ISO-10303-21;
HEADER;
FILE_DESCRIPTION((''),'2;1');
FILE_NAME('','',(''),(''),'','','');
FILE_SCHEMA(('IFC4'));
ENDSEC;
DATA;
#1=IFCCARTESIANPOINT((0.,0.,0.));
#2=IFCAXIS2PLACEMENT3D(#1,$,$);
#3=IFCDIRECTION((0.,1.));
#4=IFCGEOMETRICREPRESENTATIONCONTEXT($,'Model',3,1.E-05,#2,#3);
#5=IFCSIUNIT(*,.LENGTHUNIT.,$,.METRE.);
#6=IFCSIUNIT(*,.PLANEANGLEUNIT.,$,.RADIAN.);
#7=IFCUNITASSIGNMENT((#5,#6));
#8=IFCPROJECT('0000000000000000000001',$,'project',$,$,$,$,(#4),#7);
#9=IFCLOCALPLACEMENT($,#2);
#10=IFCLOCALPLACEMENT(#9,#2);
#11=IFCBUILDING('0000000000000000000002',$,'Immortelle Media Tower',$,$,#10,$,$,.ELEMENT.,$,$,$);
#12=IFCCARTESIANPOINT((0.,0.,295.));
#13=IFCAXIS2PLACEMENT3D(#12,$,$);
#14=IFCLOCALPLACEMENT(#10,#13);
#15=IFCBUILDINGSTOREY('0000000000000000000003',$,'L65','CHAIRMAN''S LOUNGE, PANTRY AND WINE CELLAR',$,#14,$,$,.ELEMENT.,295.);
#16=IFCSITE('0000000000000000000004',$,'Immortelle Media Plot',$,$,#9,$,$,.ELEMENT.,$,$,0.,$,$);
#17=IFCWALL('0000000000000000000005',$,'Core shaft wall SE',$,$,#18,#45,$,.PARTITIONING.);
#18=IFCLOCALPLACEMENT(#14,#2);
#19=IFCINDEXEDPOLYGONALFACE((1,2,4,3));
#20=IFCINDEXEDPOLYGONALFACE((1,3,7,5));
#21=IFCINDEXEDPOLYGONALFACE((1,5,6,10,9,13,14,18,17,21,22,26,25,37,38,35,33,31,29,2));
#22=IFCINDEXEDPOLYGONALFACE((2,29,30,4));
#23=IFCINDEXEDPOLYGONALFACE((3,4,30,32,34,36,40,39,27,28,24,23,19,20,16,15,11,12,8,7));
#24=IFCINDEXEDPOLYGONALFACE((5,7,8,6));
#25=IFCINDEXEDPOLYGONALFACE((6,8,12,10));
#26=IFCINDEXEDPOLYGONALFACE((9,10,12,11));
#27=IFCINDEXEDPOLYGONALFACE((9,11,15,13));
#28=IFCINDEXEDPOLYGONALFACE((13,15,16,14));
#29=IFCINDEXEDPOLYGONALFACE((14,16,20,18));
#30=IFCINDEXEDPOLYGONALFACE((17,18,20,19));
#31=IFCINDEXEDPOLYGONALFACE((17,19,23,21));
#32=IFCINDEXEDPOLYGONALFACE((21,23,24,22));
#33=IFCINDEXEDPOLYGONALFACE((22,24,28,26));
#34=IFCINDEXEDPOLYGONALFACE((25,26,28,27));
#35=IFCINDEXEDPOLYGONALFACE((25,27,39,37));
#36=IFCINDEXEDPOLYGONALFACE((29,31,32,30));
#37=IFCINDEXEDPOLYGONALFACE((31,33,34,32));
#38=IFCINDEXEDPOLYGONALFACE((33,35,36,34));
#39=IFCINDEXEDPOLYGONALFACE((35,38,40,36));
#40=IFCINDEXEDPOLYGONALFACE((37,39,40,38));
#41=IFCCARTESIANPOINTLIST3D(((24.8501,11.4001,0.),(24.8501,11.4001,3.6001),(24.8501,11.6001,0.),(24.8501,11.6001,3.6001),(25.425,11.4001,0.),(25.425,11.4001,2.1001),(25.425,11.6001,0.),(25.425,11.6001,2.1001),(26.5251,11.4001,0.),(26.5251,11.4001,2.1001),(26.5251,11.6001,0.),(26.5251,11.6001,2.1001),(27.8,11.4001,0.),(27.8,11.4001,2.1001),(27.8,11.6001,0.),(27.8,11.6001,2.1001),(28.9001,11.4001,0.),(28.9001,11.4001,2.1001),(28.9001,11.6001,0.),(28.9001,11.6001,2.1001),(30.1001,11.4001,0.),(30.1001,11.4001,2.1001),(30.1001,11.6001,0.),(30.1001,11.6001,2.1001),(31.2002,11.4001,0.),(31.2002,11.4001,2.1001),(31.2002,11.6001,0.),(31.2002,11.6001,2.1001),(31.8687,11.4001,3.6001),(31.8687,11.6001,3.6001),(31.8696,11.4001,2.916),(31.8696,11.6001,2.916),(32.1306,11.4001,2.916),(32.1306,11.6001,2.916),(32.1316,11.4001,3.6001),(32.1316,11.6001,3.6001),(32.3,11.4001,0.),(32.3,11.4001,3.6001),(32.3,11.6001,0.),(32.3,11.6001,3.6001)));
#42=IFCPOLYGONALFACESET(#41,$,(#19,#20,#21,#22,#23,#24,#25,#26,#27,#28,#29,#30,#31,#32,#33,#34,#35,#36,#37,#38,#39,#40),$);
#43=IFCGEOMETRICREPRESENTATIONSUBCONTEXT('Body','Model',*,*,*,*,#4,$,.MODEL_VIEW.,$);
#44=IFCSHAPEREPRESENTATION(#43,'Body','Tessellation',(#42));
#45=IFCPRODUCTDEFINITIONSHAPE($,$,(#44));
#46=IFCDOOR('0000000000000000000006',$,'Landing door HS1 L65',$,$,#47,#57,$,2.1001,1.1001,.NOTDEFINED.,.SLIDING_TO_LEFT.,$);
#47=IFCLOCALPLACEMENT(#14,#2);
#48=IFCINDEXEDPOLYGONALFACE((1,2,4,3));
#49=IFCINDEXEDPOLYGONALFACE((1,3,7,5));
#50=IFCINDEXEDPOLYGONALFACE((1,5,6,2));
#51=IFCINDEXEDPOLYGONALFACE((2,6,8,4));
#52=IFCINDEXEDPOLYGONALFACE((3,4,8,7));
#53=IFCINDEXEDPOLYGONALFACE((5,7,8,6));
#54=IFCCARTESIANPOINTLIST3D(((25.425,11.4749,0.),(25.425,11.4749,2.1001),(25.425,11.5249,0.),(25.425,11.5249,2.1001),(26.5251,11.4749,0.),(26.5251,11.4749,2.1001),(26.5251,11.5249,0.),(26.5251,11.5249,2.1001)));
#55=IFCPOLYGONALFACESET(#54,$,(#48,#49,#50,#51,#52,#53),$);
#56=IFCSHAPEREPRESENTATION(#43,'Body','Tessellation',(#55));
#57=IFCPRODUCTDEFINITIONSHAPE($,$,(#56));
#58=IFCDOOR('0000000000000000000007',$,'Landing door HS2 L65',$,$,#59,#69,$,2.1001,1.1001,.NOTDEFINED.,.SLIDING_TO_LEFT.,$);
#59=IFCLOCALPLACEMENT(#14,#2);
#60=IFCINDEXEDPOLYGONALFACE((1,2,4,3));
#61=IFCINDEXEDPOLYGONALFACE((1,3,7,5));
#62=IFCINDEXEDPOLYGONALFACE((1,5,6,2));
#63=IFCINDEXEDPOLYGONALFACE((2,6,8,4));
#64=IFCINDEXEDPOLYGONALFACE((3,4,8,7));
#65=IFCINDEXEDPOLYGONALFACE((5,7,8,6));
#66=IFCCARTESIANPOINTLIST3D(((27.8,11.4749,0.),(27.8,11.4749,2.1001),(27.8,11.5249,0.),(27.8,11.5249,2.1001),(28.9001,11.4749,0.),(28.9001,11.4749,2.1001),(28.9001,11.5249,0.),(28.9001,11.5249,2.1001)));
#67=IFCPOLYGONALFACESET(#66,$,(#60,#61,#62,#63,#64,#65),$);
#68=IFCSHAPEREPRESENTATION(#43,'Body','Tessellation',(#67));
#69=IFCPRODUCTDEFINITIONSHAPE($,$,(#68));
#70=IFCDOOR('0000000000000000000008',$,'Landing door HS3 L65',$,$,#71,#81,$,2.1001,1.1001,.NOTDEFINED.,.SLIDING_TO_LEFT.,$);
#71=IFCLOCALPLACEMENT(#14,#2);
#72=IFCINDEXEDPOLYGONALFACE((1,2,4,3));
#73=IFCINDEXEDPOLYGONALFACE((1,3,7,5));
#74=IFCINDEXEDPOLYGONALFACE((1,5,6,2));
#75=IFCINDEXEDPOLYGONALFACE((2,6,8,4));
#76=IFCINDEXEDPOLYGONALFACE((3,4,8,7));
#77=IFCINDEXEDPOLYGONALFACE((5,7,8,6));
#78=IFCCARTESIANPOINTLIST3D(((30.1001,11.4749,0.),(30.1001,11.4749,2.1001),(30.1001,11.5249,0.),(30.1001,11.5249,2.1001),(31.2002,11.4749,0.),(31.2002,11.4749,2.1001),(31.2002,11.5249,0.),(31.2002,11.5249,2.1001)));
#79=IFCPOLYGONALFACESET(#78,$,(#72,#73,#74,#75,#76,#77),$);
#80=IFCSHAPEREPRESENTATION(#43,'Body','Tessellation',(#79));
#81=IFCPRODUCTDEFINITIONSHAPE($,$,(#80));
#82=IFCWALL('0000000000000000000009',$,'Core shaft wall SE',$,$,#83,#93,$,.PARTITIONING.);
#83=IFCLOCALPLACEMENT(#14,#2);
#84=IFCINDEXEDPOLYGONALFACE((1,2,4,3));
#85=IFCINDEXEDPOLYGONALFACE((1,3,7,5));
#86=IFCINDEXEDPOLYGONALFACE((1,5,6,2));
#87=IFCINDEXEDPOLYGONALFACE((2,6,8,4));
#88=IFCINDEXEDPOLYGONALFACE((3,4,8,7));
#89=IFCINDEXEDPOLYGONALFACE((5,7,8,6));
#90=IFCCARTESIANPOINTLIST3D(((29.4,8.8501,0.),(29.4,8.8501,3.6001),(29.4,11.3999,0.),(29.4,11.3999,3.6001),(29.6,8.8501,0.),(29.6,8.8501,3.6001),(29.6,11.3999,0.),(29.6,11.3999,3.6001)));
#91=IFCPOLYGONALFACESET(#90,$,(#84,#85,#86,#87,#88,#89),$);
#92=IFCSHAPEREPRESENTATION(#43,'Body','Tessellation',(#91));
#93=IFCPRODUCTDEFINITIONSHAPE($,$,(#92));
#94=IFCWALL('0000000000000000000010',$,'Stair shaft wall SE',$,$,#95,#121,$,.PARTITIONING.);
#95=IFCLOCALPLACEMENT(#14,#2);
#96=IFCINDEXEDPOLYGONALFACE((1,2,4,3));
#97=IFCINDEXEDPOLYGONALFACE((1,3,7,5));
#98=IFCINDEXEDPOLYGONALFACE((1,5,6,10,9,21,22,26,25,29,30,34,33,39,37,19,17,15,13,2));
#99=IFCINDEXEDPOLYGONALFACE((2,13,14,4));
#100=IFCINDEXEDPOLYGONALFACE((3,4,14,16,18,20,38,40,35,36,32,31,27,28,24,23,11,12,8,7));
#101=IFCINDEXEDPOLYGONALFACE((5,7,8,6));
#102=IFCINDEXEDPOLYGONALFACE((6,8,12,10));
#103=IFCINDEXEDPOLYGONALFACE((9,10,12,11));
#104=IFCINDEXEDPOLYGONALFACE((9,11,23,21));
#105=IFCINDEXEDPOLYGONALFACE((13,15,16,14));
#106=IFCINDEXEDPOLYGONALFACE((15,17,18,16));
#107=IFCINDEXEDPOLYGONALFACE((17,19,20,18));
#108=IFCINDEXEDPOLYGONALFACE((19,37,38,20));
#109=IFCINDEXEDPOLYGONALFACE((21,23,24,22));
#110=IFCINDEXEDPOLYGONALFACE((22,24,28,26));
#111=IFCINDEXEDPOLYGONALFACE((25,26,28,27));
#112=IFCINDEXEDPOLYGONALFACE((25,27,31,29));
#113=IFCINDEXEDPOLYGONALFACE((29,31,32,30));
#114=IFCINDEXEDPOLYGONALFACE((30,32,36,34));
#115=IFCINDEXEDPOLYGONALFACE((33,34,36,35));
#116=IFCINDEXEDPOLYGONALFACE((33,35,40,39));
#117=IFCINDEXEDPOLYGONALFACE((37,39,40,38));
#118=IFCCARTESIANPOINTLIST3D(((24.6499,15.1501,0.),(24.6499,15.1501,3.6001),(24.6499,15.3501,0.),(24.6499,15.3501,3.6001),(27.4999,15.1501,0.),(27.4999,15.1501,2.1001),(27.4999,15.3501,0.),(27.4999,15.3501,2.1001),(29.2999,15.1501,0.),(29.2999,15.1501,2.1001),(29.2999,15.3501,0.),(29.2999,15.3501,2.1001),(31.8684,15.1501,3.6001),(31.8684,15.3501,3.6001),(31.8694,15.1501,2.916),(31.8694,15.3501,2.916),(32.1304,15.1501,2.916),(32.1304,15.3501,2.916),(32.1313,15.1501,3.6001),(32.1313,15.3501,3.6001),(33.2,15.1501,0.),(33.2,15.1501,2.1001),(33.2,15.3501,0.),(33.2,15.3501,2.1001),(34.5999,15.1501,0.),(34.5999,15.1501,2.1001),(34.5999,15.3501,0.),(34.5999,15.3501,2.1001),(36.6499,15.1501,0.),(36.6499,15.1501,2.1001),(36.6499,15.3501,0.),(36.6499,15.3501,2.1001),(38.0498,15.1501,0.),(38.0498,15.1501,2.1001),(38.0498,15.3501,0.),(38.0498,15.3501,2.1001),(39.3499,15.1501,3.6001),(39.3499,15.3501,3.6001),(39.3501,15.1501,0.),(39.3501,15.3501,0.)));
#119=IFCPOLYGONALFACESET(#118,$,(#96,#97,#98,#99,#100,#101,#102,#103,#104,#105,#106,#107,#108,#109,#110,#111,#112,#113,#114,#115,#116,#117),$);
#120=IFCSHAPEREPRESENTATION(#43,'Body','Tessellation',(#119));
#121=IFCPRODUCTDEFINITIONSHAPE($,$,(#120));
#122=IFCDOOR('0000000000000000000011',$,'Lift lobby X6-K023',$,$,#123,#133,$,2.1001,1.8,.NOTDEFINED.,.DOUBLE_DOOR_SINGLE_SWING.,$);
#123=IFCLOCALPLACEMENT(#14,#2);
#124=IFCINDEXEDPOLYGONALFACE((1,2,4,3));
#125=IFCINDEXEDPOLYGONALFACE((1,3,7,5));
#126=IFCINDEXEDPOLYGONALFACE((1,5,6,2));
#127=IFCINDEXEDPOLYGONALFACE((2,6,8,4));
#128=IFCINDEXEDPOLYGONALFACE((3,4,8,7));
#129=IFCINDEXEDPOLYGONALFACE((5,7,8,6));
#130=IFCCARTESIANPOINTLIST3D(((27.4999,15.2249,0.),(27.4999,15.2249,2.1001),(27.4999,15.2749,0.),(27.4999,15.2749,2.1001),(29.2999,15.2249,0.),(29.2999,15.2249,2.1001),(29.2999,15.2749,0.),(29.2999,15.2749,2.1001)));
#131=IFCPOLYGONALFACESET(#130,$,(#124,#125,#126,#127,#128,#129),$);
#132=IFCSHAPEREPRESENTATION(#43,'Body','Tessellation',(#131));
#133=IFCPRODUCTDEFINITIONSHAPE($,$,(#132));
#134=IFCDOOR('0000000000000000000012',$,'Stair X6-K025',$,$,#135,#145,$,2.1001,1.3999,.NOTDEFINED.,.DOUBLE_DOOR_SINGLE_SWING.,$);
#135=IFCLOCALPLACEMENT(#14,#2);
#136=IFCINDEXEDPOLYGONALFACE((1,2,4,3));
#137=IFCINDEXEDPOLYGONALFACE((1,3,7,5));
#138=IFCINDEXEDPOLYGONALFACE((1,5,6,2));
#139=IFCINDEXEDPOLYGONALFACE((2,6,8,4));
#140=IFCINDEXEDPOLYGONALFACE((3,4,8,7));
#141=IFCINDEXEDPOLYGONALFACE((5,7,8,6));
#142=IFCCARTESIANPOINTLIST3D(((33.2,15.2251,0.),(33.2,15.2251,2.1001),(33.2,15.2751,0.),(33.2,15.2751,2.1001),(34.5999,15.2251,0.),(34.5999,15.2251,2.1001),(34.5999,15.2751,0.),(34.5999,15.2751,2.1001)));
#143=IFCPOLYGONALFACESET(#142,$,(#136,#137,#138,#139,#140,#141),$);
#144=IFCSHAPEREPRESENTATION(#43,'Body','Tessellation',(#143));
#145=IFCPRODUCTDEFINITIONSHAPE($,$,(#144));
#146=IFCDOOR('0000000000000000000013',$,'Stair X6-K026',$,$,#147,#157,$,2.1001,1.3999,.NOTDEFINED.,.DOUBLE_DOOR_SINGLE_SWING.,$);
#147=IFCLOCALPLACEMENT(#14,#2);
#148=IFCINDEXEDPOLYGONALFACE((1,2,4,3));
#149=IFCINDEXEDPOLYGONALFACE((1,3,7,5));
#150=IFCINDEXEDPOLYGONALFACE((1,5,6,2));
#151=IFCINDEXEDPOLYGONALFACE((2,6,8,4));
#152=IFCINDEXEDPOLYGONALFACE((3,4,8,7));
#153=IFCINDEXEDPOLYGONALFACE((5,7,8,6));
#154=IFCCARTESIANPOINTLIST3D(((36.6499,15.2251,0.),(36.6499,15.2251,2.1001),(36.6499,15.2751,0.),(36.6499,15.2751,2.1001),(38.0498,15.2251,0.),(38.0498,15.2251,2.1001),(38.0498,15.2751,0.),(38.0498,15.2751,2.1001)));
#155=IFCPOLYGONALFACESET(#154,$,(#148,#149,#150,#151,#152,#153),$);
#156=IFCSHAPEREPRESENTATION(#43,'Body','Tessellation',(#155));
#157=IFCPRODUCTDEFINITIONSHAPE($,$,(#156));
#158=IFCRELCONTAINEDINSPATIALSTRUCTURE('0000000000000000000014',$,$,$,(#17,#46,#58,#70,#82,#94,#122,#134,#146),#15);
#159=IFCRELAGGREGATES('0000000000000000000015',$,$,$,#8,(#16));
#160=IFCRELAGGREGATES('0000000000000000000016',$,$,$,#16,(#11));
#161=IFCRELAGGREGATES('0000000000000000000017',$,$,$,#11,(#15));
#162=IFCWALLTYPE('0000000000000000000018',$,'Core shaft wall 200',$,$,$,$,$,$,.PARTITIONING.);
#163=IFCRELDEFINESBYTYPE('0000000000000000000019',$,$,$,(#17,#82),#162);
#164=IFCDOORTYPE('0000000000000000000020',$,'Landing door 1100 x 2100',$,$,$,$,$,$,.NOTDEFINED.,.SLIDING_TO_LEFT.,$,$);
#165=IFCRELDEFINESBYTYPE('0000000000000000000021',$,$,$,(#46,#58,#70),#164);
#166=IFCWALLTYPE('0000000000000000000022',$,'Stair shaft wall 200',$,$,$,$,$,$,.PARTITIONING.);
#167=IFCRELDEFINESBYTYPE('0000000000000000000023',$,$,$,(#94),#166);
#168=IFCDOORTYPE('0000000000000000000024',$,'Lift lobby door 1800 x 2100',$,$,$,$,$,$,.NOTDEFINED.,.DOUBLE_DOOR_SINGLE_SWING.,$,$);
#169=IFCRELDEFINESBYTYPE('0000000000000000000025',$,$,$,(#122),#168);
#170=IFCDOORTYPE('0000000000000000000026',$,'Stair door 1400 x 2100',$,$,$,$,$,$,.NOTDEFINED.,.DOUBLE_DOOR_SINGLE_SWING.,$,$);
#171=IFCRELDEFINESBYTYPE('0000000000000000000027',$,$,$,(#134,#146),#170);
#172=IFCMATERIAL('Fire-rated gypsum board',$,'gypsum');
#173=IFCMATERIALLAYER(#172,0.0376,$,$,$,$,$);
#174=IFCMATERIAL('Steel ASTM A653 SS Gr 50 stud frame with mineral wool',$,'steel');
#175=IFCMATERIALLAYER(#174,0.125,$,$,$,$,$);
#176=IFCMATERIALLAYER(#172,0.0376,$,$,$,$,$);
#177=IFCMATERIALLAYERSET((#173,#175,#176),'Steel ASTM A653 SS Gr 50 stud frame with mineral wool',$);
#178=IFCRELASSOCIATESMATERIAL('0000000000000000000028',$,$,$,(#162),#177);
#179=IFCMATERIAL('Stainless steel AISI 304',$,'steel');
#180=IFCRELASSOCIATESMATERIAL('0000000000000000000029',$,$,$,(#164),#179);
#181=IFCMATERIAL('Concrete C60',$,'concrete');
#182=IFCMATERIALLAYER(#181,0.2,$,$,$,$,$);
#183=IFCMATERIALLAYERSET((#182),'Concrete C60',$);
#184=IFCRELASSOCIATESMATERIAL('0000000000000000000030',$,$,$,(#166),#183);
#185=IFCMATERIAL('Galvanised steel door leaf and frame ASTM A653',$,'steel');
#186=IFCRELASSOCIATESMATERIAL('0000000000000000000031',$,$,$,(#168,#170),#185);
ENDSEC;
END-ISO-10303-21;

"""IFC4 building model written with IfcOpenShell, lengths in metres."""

from ifc_helpers import new_model, si_unit, direction, frame, frame_2d, origin, place, context, subcontext, project, spatial, polyline, rectangle, outline, extrude, material, layer, layer_set, type_object, element, fill, save


model = new_model("IFC4")

# Units and contexts
model_context = context("Model", 3, precision=1e-05, world=origin(), true_north=direction((0.0, 1.0)))
body_context = subcontext(model_context, "Body", "Model", "MODEL_VIEW")
ifc_project = project(units=[si_unit("LENGTHUNIT", "METRE"), si_unit("PLANEANGLEUNIT", "RADIAN")], contexts=[model_context])

# Site, building, storey
site_placement = place(None, origin())
site = spatial("IfcSite", under=ifc_project, at=site_placement, Name="Immortelle Media Plot", CompositionType="ELEMENT", RefElevation=0.0)
building_placement = place(site_placement, origin())
building = spatial("IfcBuilding", under=site, at=building_placement, Name="Immortelle Media Tower", CompositionType="ELEMENT")
storey_placement = place(building_placement, frame((0.0, 0.0, 295.0)))
storey = spatial("IfcBuildingStorey", under=building, at=storey_placement, Name="L65", Description="CHAIRMAN'S LOUNGE, PANTRY AND WINE CELLAR", CompositionType="ELEMENT", Elevation=295.0)

# Shared definitions
ifc_material_1 = material(Name="Fire-rated gypsum board", Category="gypsum")
ifc_material_2 = material(Name="Steel ASTM A653 SS Gr 50 stud frame with mineral wool", Category="steel")

# Shared definitions
ifc_material_3 = material(Name="Galvanised steel door leaf and frame ASTM A653", Category="steel")

# Wall, openings, doors
ifc_layer_1 = layer(ifc_material_1, 0.0376)
ifc_layer_2 = layer(ifc_material_2, 0.125)
ifc_layer_3 = layer(ifc_material_1, 0.0376)
ifc_layer_set_1 = layer_set([ifc_layer_1, ifc_layer_2, ifc_layer_3], Name="Steel ASTM A653 SS Gr 50 stud frame with mineral wool")
wall_type_1 = type_object("IfcWallType", Name="Core shaft wall 200", PredefinedType="PARTITIONING", material=ifc_layer_set_1)
wall_1_placement = place(storey_placement, frame((24.8501, 11.5, 0.0), z_axis=(0.0, 0.0, 1.0), x_axis=(1.0, 0.0, 0.0)))
wall_1 = element("IfcWall", 1, at=wall_1_placement, inside=storey, type_object=wall_type_1, Name="Core shaft wall SE", PredefinedType="PARTITIONING", context=body_context, shape_type="SweptSolid", body=[
    extrude(outline(polyline([(0.0, 0.0), (7.45, 0.0), (7.45, 3.6001), (7.2815, 3.6001), (7.2805, 2.916), (7.0195, 2.916), (7.0186, 3.6001), (0.0, 3.6001), (0.0, 0.0)])), frame((0.0, 0.1001, 0.0), z_axis=(0.0, -1.0, 0.0), x_axis=(1.0, 0.0, 0.0)), (0.0, 0.0, 1.0), 0.2),
])
opening_1_placement = place(wall_1_placement, frame((0.575, 0.0, 0.0)))
opening_1 = element("IfcOpeningElement", 2, at=opening_1_placement, cuts=wall_1, PredefinedType="OPENING", context=body_context, shape_type="SweptSolid", body=[
    extrude(rectangle(XDim=1.1001, YDim=2.1001, at=frame_2d((0.55, 1.05))), frame((0.0, 0.1099, 0.0), z_axis=(0.0, -1.0, 0.0), x_axis=(1.0, 0.0, 0.0)), (0.0, 0.0, 1.0), 0.22),
])
opening_2_placement = place(wall_1_placement, frame((2.95, 0.0, 0.0)))
opening_2 = element("IfcOpeningElement", 3, at=opening_2_placement, cuts=wall_1, PredefinedType="OPENING", context=body_context, shape_type="SweptSolid", body=[
    extrude(rectangle(XDim=1.1001, YDim=2.1001, at=frame_2d((0.55, 1.05))), frame((0.0, 0.1099, 0.0), z_axis=(0.0, -1.0, 0.0), x_axis=(1.0, 0.0, 0.0)), (0.0, 0.0, 1.0), 0.22),
])
opening_3_placement = place(wall_1_placement, frame((5.25, 0.0, 0.0)))
opening_3 = element("IfcOpeningElement", 4, at=opening_3_placement, cuts=wall_1, PredefinedType="OPENING", context=body_context, shape_type="SweptSolid", body=[
    extrude(rectangle(XDim=1.1001, YDim=2.1001, at=frame_2d((0.55, 1.05))), frame((0.0, 0.1099, 0.0), z_axis=(0.0, -1.0, 0.0), x_axis=(1.0, 0.0, 0.0)), (0.0, 0.0, 1.0), 0.22),
])
ifc_material_4 = material(Name="Stainless steel AISI 304", Category="steel")
door_type_1 = type_object("IfcDoorType", Name="Landing door 1100 x 2100", OperationType="SLIDING_TO_LEFT", PredefinedType="NOTDEFINED", material=ifc_material_4)
door_1_placement = place(opening_1_placement, origin())
door_1 = element("IfcDoor", 5, at=door_1_placement, inside=storey, type_object=door_type_1, Name="Landing door HS1 L65", OperationType="SLIDING_TO_LEFT", OverallHeight=2.1001, OverallWidth=1.1001, PredefinedType="NOTDEFINED", context=body_context, shape_type="SweptSolid", body=[
    extrude(rectangle(XDim=1.1001, YDim=2.1001, at=frame_2d((0.55, 1.05))), frame((0.0, 0.0249, 0.0), z_axis=(0.0, -1.0, 0.0), x_axis=(1.0, 0.0, 0.0)), (0.0, 0.0, 1.0), 0.05),
])
fill(opening_1, door_1)
door_2_placement = place(opening_2_placement, origin())
door_2 = element("IfcDoor", 6, at=door_2_placement, inside=storey, type_object=door_type_1, Name="Landing door HS2 L65", OperationType="SLIDING_TO_LEFT", OverallHeight=2.1001, OverallWidth=1.1001, PredefinedType="NOTDEFINED", context=body_context, shape_type="SweptSolid", body=[
    extrude(rectangle(XDim=1.1001, YDim=2.1001, at=frame_2d((0.55, 1.05))), frame((0.0, 0.0249, 0.0), z_axis=(0.0, -1.0, 0.0), x_axis=(1.0, 0.0, 0.0)), (0.0, 0.0, 1.0), 0.05),
])
fill(opening_2, door_2)
door_3_placement = place(opening_3_placement, origin())
door_3 = element("IfcDoor", 7, at=door_3_placement, inside=storey, type_object=door_type_1, Name="Landing door HS3 L65", OperationType="SLIDING_TO_LEFT", OverallHeight=2.1001, OverallWidth=1.1001, PredefinedType="NOTDEFINED", context=body_context, shape_type="SweptSolid", body=[
    extrude(rectangle(XDim=1.1001, YDim=2.1001, at=frame_2d((0.55, 1.05))), frame((0.0, 0.0249, 0.0), z_axis=(0.0, -1.0, 0.0), x_axis=(1.0, 0.0, 0.0)), (0.0, 0.0, 1.0), 0.05),
])
fill(opening_3, door_3)

# Wall
wall_2_placement = place(storey_placement, frame((29.5, 8.8501, 0.0), z_axis=(0.0, 0.0, 1.0), x_axis=(0.0, 1.0, 0.0)))
element("IfcWall", 8, at=wall_2_placement, inside=storey, type_object=wall_type_1, Name="Core shaft wall SE", PredefinedType="PARTITIONING", context=body_context, shape_type="SweptSolid", body=[
    extrude(rectangle(XDim=2.5498, YDim=0.2, at=frame_2d((1.2749, 0.0))), origin(), (0.0, 0.0, 1.0), 3.6001),
])

# Wall, openings, doors
ifc_material_5 = material(Name="Concrete C60", Category="concrete")
ifc_layer_4 = layer(ifc_material_5, 0.2)
ifc_layer_set_2 = layer_set([ifc_layer_4], Name="Concrete C60")
wall_type_2 = type_object("IfcWallType", Name="Stair shaft wall 200", PredefinedType="PARTITIONING", material=ifc_layer_set_2)
wall_3_placement = place(storey_placement, frame((24.6499, 15.25, 0.0), z_axis=(0.0, 0.0, 1.0), x_axis=(1.0, 0.0, 0.0)))
wall_3 = element("IfcWall", 9, at=wall_3_placement, inside=storey, type_object=wall_type_2, Name="Stair shaft wall SE", PredefinedType="PARTITIONING", context=body_context, shape_type="SweptSolid", body=[
    extrude(outline(polyline([(0.0, 0.0), (14.7002, 0.0), (14.7, 3.6001), (7.4814, 3.6001), (7.4805, 2.916), (7.2195, 2.916), (7.2185, 3.6001), (0.0, 3.6001), (0.0, 0.0)])), frame((0.0, 0.1001, 0.0), z_axis=(0.0, -1.0, 0.0), x_axis=(1.0, 0.0, 0.0)), (0.0, 0.0, 1.0), 0.2),
])
opening_4_placement = place(wall_3_placement, frame((2.8501, 0.0, 0.0)))
opening_4 = element("IfcOpeningElement", 10, at=opening_4_placement, cuts=wall_3, PredefinedType="OPENING", context=body_context, shape_type="SweptSolid", body=[
    extrude(rectangle(XDim=1.8, YDim=2.1001, at=frame_2d((0.8999, 1.05))), frame((0.0, 0.1099, 0.0), z_axis=(0.0, -1.0, 0.0), x_axis=(1.0, 0.0, 0.0)), (0.0, 0.0, 1.0), 0.22),
])
opening_5_placement = place(wall_3_placement, frame((9.95, 0.0, 0.0), z_axis=(0.0, 0.0, 1.0), x_axis=(-1.0, 0.0, 0.0)))
opening_5 = element("IfcOpeningElement", 11, at=opening_5_placement, cuts=wall_3, PredefinedType="OPENING", context=body_context, shape_type="SweptSolid", body=[
    extrude(rectangle(XDim=1.3999, YDim=2.1001, at=frame_2d((0.7, 1.05))), frame((0.0, 0.1099, 0.0), z_axis=(0.0, -1.0, 0.0), x_axis=(1.0, 0.0, 0.0)), (0.0, 0.0, 1.0), 0.22),
])
opening_6_placement = place(wall_3_placement, frame((13.3999, 0.0, 0.0), z_axis=(0.0, 0.0, 1.0), x_axis=(-1.0, 0.0, 0.0)))
opening_6 = element("IfcOpeningElement", 12, at=opening_6_placement, cuts=wall_3, PredefinedType="OPENING", context=body_context, shape_type="SweptSolid", body=[
    extrude(rectangle(XDim=1.3999, YDim=2.1001, at=frame_2d((0.7, 1.05))), frame((0.0, 0.1099, 0.0), z_axis=(0.0, -1.0, 0.0), x_axis=(1.0, 0.0, 0.0)), (0.0, 0.0, 1.0), 0.22),
])
door_type_2 = type_object("IfcDoorType", Name="Lift lobby door 1800 x 2100", OperationType="DOUBLE_DOOR_SINGLE_SWING", PredefinedType="NOTDEFINED", material=ifc_material_3)
door_4_placement = place(opening_4_placement, origin())
door_4 = element("IfcDoor", 13, at=door_4_placement, inside=storey, type_object=door_type_2, Name="Lift lobby X6-K023", OperationType="DOUBLE_DOOR_SINGLE_SWING", OverallHeight=2.1001, OverallWidth=1.8, PredefinedType="NOTDEFINED", context=body_context, shape_type="SweptSolid", body=[
    extrude(rectangle(XDim=1.8, YDim=2.1001, at=frame_2d((0.8999, 1.05))), frame((0.0, 0.0249, 0.0), z_axis=(0.0, -1.0, 0.0), x_axis=(1.0, 0.0, 0.0)), (0.0, 0.0, 1.0), 0.05),
])
fill(opening_4, door_4)
door_type_3 = type_object("IfcDoorType", Name="Stair door 1400 x 2100", OperationType="DOUBLE_DOOR_SINGLE_SWING", PredefinedType="NOTDEFINED", material=ifc_material_3)
door_5_placement = place(opening_5_placement, origin())
door_5 = element("IfcDoor", 14, at=door_5_placement, inside=storey, type_object=door_type_3, Name="Stair X6-K025", OperationType="DOUBLE_DOOR_SINGLE_SWING", OverallHeight=2.1001, OverallWidth=1.3999, PredefinedType="NOTDEFINED", context=body_context, shape_type="SweptSolid", body=[
    extrude(rectangle(XDim=1.3999, YDim=2.1001, at=frame_2d((0.7, 1.05))), frame((0.0, 0.0249, 0.0), z_axis=(0.0, -1.0, 0.0), x_axis=(1.0, 0.0, 0.0)), (0.0, 0.0, 1.0), 0.05),
])
fill(opening_5, door_5)
door_6_placement = place(opening_6_placement, origin())
door_6 = element("IfcDoor", 15, at=door_6_placement, inside=storey, type_object=door_type_3, Name="Stair X6-K026", OperationType="DOUBLE_DOOR_SINGLE_SWING", OverallHeight=2.1001, OverallWidth=1.3999, PredefinedType="NOTDEFINED", context=body_context, shape_type="SweptSolid", body=[
    extrude(rectangle(XDim=1.3999, YDim=2.1001, at=frame_2d((0.7, 1.05))), frame((0.0, 0.0249, 0.0), z_axis=(0.0, -1.0, 0.0), x_axis=(1.0, 0.0, 0.0)), (0.0, 0.0, 1.0), 0.05),
])
fill(opening_6, door_6)

save(model, "model.ifc")
